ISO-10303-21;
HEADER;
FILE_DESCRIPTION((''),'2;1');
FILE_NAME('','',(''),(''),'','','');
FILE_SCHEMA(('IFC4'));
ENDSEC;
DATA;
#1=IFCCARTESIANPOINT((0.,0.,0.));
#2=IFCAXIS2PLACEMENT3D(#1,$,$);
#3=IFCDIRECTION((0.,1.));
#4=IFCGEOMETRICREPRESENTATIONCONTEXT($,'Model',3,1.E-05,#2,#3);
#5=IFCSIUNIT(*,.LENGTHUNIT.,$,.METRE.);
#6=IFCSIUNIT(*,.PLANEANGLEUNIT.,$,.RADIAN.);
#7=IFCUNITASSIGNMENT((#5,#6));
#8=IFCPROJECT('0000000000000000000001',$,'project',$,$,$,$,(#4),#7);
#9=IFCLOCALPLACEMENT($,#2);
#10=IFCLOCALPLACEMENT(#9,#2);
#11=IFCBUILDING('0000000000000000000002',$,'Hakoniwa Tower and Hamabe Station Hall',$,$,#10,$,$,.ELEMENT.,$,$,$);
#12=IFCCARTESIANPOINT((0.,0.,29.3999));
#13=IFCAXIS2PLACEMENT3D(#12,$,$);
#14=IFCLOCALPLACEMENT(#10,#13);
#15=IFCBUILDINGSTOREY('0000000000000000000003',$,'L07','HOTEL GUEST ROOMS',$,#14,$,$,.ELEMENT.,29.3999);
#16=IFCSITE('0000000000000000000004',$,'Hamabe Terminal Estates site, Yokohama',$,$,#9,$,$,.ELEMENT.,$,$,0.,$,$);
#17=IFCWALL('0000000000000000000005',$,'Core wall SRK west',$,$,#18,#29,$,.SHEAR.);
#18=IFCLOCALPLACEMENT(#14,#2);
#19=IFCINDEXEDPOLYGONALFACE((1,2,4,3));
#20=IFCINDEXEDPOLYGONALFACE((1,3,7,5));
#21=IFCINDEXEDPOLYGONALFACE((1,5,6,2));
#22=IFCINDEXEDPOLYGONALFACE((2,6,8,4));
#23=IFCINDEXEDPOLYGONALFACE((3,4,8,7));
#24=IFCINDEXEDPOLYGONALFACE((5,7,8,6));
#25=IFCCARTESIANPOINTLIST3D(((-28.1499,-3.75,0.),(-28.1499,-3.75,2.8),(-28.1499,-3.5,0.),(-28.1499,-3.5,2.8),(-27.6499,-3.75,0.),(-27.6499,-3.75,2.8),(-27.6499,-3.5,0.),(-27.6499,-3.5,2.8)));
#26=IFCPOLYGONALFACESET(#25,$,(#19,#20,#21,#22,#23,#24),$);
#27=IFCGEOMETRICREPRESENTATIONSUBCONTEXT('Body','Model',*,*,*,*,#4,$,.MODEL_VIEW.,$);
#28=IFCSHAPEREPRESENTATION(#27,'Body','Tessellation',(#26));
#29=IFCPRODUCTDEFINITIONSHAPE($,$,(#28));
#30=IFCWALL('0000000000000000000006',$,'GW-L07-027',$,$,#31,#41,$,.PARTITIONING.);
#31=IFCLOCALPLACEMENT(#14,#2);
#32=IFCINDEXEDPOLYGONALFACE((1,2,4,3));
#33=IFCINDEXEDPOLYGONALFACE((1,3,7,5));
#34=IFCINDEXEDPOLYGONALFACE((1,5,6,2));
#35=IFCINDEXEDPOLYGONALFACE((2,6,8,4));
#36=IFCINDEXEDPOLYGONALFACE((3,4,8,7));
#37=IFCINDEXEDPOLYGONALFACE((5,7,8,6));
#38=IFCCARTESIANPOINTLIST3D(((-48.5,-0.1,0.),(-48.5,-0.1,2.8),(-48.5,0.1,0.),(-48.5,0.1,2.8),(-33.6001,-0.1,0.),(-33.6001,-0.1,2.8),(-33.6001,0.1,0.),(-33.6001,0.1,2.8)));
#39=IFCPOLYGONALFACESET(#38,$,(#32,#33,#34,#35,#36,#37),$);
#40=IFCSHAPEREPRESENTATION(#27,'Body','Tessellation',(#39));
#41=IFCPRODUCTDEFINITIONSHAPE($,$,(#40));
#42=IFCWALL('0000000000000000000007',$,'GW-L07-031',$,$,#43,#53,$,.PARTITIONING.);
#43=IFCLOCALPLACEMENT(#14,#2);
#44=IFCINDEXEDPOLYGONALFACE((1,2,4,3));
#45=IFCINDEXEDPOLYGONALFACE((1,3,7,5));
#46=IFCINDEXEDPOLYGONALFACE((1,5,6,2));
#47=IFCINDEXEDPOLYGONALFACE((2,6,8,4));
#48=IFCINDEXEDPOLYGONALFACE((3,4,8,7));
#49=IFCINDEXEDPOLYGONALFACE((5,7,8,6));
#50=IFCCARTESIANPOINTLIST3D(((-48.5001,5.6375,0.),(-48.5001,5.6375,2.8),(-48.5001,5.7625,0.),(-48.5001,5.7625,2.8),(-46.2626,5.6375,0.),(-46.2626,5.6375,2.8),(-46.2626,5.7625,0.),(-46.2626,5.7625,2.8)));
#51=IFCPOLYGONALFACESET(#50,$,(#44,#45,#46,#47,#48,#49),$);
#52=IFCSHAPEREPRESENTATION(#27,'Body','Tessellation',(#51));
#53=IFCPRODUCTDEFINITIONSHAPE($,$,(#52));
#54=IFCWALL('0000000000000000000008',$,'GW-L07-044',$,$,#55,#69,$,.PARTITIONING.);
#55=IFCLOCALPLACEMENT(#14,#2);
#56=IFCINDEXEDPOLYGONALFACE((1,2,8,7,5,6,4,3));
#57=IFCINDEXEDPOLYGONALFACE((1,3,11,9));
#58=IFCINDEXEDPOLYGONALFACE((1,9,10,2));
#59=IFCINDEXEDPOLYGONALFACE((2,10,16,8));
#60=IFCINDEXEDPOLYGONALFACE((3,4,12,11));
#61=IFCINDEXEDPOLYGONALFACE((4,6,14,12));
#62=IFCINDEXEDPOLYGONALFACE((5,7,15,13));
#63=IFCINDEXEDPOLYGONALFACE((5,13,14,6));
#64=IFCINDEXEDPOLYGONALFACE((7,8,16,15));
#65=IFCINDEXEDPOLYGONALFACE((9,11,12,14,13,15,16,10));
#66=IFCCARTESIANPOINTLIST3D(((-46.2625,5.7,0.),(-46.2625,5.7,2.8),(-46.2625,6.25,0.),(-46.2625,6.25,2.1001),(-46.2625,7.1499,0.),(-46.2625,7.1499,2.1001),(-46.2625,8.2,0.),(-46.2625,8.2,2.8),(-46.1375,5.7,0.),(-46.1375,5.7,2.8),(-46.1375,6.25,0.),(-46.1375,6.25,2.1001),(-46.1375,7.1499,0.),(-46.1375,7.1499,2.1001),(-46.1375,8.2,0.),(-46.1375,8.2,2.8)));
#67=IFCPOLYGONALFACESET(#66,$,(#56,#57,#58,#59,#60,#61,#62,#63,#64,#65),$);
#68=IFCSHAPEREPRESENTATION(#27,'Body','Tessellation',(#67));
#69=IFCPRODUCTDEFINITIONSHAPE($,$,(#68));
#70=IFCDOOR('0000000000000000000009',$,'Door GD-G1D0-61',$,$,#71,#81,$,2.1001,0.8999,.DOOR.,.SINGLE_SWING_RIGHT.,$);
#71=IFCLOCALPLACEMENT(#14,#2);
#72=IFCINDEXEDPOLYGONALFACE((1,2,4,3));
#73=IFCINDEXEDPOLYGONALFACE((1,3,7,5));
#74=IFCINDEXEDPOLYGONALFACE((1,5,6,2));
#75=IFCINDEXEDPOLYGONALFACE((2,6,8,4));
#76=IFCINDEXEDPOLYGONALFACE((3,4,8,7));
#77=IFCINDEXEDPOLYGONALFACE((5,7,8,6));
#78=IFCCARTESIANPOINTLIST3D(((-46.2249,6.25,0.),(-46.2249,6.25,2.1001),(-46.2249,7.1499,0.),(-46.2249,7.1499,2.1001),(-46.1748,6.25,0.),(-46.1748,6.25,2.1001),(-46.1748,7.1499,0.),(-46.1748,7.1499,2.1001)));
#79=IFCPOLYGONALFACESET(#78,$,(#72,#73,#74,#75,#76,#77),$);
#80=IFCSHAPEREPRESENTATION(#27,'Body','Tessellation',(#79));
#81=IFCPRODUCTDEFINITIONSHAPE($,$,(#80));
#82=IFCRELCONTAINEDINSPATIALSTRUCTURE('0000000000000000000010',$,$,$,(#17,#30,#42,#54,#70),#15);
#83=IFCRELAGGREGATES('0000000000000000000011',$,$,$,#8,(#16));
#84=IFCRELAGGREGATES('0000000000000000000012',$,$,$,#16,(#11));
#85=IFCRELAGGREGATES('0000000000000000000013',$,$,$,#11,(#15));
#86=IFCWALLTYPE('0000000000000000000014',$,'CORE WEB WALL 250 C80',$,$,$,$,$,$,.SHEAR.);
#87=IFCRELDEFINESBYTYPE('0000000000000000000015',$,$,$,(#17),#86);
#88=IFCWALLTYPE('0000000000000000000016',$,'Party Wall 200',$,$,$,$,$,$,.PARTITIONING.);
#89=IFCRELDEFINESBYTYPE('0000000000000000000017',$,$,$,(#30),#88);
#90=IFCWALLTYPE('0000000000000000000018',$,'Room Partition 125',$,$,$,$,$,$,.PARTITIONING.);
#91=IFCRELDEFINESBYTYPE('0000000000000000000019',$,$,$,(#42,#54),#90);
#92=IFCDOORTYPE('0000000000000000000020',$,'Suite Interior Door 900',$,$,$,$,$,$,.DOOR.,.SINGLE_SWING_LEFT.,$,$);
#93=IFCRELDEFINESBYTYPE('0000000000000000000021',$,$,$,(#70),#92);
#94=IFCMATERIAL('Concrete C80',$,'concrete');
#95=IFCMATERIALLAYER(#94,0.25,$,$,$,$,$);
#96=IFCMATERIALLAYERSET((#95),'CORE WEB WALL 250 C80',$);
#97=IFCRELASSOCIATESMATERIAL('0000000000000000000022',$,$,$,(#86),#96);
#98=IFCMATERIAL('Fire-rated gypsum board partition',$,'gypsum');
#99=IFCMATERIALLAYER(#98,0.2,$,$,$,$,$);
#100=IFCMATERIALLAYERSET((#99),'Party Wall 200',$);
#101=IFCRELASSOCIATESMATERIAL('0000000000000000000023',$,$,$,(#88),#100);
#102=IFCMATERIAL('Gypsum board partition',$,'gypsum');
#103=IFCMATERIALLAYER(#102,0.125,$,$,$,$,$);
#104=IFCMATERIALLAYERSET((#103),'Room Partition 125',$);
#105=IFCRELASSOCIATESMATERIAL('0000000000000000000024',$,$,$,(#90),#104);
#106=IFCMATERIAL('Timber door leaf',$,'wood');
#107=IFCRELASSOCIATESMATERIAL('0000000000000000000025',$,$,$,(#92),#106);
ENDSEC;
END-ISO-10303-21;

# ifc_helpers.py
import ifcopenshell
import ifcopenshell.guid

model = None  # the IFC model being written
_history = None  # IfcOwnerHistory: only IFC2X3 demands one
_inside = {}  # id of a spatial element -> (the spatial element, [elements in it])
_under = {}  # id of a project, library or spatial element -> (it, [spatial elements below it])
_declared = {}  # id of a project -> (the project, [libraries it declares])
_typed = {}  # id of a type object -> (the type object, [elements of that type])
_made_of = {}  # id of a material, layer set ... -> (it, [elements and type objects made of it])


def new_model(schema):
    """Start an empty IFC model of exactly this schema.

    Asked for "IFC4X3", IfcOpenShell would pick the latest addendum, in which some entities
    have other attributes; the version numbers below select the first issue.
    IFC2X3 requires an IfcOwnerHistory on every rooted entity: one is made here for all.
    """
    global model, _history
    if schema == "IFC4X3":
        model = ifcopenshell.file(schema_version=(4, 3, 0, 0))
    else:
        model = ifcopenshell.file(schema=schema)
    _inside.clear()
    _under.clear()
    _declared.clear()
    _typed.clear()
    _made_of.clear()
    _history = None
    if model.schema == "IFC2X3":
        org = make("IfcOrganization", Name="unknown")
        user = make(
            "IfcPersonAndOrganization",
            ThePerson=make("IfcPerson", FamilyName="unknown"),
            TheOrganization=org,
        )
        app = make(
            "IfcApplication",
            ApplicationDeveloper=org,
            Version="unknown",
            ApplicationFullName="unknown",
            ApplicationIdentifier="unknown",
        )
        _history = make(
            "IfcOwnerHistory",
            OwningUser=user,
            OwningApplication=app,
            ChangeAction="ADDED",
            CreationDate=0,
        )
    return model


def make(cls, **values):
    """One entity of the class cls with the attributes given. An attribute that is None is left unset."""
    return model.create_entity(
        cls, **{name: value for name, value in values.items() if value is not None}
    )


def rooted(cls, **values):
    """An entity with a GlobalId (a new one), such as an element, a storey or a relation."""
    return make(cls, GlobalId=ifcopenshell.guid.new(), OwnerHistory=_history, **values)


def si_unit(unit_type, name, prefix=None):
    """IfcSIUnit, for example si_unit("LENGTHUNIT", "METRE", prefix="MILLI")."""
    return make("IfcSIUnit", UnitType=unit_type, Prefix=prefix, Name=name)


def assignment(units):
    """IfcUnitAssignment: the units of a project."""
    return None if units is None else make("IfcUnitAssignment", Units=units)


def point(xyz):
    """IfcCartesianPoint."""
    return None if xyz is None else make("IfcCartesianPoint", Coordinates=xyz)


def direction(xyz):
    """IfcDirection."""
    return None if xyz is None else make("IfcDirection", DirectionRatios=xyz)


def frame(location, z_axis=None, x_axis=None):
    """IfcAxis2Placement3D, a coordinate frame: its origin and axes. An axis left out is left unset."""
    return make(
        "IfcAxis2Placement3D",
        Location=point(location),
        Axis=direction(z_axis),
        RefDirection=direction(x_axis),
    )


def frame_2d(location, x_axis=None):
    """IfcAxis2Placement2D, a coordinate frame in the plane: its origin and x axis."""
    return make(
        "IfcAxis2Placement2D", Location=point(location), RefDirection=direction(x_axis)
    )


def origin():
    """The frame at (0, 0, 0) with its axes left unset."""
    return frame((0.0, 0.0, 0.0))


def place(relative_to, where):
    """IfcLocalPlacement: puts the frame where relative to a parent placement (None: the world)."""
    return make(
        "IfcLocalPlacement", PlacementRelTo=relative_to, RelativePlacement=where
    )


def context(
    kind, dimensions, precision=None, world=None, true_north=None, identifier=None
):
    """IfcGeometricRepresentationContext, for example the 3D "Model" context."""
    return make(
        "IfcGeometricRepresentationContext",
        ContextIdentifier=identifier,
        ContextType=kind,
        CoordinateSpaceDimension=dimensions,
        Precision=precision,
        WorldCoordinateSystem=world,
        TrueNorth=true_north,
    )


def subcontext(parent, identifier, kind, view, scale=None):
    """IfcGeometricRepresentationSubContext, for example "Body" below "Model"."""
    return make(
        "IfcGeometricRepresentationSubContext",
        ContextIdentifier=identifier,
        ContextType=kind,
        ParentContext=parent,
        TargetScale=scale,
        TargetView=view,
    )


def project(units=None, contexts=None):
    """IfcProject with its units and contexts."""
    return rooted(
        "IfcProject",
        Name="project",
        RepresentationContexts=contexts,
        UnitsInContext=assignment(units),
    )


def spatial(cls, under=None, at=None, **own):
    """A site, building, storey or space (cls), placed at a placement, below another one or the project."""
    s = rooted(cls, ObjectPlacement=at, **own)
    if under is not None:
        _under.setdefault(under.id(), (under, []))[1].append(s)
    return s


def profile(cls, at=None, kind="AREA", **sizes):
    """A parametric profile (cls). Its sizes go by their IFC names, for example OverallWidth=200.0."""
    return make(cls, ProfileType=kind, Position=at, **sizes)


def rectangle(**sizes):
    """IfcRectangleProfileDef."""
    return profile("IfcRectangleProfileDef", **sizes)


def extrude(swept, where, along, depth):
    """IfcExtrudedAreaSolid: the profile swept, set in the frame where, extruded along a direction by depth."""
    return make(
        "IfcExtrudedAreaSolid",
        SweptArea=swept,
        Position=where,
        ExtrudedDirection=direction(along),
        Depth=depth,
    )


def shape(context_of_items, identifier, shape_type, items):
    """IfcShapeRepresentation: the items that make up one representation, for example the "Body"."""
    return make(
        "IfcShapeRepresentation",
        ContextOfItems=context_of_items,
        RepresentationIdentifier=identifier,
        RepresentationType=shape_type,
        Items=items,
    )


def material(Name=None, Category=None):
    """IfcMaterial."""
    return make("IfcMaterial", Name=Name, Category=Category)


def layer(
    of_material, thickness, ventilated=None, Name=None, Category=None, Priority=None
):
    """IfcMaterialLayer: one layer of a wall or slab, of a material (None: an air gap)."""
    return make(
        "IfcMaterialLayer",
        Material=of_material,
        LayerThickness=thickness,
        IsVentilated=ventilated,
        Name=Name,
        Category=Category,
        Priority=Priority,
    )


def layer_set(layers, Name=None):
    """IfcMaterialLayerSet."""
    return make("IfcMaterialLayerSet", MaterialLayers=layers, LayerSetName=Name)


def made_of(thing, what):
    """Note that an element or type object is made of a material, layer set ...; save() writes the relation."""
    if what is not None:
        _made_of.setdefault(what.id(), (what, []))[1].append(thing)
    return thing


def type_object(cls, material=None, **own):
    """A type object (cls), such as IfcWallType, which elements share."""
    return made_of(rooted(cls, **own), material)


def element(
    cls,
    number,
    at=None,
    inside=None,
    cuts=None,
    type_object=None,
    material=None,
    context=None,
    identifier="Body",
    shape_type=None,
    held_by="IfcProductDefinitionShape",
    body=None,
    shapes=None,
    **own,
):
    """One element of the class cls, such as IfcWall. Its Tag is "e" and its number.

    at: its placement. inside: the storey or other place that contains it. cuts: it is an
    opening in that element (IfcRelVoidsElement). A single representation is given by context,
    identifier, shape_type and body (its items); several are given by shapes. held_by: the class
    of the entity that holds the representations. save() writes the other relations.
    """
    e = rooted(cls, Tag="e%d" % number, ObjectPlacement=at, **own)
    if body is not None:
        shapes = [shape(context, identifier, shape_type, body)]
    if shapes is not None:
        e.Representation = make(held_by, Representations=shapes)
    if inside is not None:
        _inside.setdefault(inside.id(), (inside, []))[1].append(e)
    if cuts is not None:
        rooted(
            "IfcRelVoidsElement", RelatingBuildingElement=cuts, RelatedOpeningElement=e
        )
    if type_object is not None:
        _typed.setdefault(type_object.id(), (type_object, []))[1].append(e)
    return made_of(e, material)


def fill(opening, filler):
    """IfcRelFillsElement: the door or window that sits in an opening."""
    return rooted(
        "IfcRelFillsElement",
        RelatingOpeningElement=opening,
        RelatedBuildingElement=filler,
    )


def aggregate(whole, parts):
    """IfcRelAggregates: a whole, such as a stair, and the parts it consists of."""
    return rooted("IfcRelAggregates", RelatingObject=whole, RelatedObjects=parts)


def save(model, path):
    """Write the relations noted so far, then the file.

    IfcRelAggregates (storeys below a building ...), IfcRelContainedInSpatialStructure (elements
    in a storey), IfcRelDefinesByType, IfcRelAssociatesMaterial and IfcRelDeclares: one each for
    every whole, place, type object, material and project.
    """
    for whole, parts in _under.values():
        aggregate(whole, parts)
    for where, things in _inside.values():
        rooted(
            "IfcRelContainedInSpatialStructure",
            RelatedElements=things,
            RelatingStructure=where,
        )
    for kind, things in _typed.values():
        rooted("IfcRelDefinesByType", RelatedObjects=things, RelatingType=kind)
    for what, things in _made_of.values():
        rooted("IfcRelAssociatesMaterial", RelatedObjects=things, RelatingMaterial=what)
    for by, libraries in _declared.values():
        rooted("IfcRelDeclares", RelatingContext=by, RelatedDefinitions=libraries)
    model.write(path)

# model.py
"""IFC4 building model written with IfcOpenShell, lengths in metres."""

from ifc_helpers import new_model, si_unit, direction, frame, frame_2d, origin, place, context, subcontext, project, spatial, rectangle, extrude, material, layer, layer_set, type_object, element, fill, save


model = new_model("IFC4")

# Units and contexts
model_context = context("Model", 3, precision=1e-05, world=origin(), true_north=direction((0.0, 1.0)))
body_context = subcontext(model_context, "Body", "Model", "MODEL_VIEW")
ifc_project = project(units=[si_unit("LENGTHUNIT", "METRE"), si_unit("PLANEANGLEUNIT", "RADIAN")], contexts=[model_context])

# Site, building, storey
site_placement = place(None, origin())
site = spatial("IfcSite", under=ifc_project, at=site_placement, Name="Hamabe Terminal Estates site, Yokohama", CompositionType="ELEMENT", RefElevation=0.0)
building_placement = place(site_placement, origin())
building = spatial("IfcBuilding", under=site, at=building_placement, Name="Hakoniwa Tower and Hamabe Station Hall", CompositionType="ELEMENT")
storey_placement = place(building_placement, frame((0.0, 0.0, 29.3999)))
storey = spatial("IfcBuildingStorey", under=building, at=storey_placement, Name="L07", Description="HOTEL GUEST ROOMS", CompositionType="ELEMENT", Elevation=29.3999)

# Shared definitions
ifc_material_1 = material(Name="Concrete C80", Category="concrete")
ifc_layer_1 = layer(ifc_material_1, 0.25)
ifc_layer_set_1 = layer_set([ifc_layer_1], Name="CORE WEB WALL 250 C80")
wall_type_1 = type_object("IfcWallType", Name="CORE WEB WALL 250 C80", PredefinedType="SHEAR", material=ifc_layer_set_1)

# Walls
wall_1_placement = place(storey_placement, frame((-28.1499, -3.625, 0.0), z_axis=(0.0, 0.0, 1.0), x_axis=(1.0, 0.0, 0.0)))
element("IfcWall", 1, at=wall_1_placement, inside=storey, type_object=wall_type_1, Name="Core wall SRK west", PredefinedType="SHEAR", context=body_context, shape_type="SweptSolid", body=[
    extrude(rectangle(XDim=0.5, YDim=0.25, at=frame_2d((0.25, 0.0))), origin(), (0.0, 0.0, 1.0), 2.8),
])
ifc_material_2 = material(Name="Fire-rated gypsum board partition", Category="gypsum")
ifc_layer_2 = layer(ifc_material_2, 0.2)
ifc_layer_set_2 = layer_set([ifc_layer_2], Name="Party Wall 200")
wall_type_2 = type_object("IfcWallType", Name="Party Wall 200", PredefinedType="PARTITIONING", material=ifc_layer_set_2)
wall_2_placement = place(storey_placement, frame((-48.5, 0.0, 0.0), z_axis=(0.0, 0.0, 1.0), x_axis=(1.0, 0.0, 0.0)))
element("IfcWall", 2, at=wall_2_placement, inside=storey, type_object=wall_type_2, Name="GW-L07-027", PredefinedType="PARTITIONING", context=body_context, shape_type="SweptSolid", body=[
    extrude(rectangle(XDim=14.8999, YDim=0.2, at=frame_2d((7.45, 0.0))), origin(), (0.0, 0.0, 1.0), 2.8),
])
ifc_material_3 = material(Name="Gypsum board partition", Category="gypsum")
ifc_layer_3 = layer(ifc_material_3, 0.125)
ifc_layer_set_3 = layer_set([ifc_layer_3], Name="Room Partition 125")
wall_type_3 = type_object("IfcWallType", Name="Room Partition 125", PredefinedType="PARTITIONING", material=ifc_layer_set_3)
wall_3_placement = place(storey_placement, frame((-48.5, 5.7, 0.0), z_axis=(0.0, 0.0, 1.0), x_axis=(1.0, 0.0, 0.0)))
element("IfcWall", 3, at=wall_3_placement, inside=storey, type_object=wall_type_3, Name="GW-L07-031", PredefinedType="PARTITIONING", context=body_context, shape_type="SweptSolid", body=[
    extrude(rectangle(XDim=2.2375, YDim=0.125, at=frame_2d((1.1187, 0.0))), origin(), (0.0, 0.0, 1.0), 2.8),
])

# Wall, opening, door
wall_4_placement = place(storey_placement, frame((-46.2, 5.7, 0.0), z_axis=(0.0, 0.0, 1.0), x_axis=(0.0, 1.0, 0.0)))
wall_4 = element("IfcWall", 4, at=wall_4_placement, inside=storey, type_object=wall_type_3, Name="GW-L07-044", PredefinedType="PARTITIONING", context=body_context, shape_type="SweptSolid", body=[
    extrude(rectangle(XDim=2.5, YDim=0.125, at=frame_2d((1.25, 0.0))), origin(), (0.0, 0.0, 1.0), 2.8),
])
opening_1_placement = place(wall_4_placement, frame((0.55, 0.0, 0.0)))
opening_1 = element("IfcOpeningElement", 5, at=opening_1_placement, cuts=wall_4, PredefinedType="OPENING", context=body_context, shape_type="SweptSolid", body=[
    extrude(rectangle(XDim=0.8999, YDim=2.1001, at=frame_2d((0.45, 1.05))), frame((0.0, 0.0725, 0.0), z_axis=(0.0, -1.0, 0.0), x_axis=(1.0, 0.0, 0.0)), (0.0, 0.0, 1.0), 0.145),
])
ifc_material_4 = material(Name="Timber door leaf", Category="wood")
door_type_1 = type_object("IfcDoorType", Name="Suite Interior Door 900", OperationType="SINGLE_SWING_LEFT", PredefinedType="DOOR", material=ifc_material_4)
door_1_placement = place(opening_1_placement, origin())
door_1 = element("IfcDoor", 6, at=door_1_placement, inside=storey, type_object=door_type_1, Name="Door GD-G1D0-61", OperationType="SINGLE_SWING_RIGHT", OverallHeight=2.1001, OverallWidth=0.8999, PredefinedType="DOOR", context=body_context, shape_type="SweptSolid", body=[
    extrude(rectangle(XDim=0.8999, YDim=2.1001, at=frame_2d((0.45, 1.05))), frame((0.0, 0.0249, 0.0), z_axis=(0.0, -1.0, 0.0), x_axis=(1.0, 0.0, 0.0)), (0.0, 0.0, 1.0), 0.05),
])
fill(opening_1, door_1)

save(model, "model.ifc")
